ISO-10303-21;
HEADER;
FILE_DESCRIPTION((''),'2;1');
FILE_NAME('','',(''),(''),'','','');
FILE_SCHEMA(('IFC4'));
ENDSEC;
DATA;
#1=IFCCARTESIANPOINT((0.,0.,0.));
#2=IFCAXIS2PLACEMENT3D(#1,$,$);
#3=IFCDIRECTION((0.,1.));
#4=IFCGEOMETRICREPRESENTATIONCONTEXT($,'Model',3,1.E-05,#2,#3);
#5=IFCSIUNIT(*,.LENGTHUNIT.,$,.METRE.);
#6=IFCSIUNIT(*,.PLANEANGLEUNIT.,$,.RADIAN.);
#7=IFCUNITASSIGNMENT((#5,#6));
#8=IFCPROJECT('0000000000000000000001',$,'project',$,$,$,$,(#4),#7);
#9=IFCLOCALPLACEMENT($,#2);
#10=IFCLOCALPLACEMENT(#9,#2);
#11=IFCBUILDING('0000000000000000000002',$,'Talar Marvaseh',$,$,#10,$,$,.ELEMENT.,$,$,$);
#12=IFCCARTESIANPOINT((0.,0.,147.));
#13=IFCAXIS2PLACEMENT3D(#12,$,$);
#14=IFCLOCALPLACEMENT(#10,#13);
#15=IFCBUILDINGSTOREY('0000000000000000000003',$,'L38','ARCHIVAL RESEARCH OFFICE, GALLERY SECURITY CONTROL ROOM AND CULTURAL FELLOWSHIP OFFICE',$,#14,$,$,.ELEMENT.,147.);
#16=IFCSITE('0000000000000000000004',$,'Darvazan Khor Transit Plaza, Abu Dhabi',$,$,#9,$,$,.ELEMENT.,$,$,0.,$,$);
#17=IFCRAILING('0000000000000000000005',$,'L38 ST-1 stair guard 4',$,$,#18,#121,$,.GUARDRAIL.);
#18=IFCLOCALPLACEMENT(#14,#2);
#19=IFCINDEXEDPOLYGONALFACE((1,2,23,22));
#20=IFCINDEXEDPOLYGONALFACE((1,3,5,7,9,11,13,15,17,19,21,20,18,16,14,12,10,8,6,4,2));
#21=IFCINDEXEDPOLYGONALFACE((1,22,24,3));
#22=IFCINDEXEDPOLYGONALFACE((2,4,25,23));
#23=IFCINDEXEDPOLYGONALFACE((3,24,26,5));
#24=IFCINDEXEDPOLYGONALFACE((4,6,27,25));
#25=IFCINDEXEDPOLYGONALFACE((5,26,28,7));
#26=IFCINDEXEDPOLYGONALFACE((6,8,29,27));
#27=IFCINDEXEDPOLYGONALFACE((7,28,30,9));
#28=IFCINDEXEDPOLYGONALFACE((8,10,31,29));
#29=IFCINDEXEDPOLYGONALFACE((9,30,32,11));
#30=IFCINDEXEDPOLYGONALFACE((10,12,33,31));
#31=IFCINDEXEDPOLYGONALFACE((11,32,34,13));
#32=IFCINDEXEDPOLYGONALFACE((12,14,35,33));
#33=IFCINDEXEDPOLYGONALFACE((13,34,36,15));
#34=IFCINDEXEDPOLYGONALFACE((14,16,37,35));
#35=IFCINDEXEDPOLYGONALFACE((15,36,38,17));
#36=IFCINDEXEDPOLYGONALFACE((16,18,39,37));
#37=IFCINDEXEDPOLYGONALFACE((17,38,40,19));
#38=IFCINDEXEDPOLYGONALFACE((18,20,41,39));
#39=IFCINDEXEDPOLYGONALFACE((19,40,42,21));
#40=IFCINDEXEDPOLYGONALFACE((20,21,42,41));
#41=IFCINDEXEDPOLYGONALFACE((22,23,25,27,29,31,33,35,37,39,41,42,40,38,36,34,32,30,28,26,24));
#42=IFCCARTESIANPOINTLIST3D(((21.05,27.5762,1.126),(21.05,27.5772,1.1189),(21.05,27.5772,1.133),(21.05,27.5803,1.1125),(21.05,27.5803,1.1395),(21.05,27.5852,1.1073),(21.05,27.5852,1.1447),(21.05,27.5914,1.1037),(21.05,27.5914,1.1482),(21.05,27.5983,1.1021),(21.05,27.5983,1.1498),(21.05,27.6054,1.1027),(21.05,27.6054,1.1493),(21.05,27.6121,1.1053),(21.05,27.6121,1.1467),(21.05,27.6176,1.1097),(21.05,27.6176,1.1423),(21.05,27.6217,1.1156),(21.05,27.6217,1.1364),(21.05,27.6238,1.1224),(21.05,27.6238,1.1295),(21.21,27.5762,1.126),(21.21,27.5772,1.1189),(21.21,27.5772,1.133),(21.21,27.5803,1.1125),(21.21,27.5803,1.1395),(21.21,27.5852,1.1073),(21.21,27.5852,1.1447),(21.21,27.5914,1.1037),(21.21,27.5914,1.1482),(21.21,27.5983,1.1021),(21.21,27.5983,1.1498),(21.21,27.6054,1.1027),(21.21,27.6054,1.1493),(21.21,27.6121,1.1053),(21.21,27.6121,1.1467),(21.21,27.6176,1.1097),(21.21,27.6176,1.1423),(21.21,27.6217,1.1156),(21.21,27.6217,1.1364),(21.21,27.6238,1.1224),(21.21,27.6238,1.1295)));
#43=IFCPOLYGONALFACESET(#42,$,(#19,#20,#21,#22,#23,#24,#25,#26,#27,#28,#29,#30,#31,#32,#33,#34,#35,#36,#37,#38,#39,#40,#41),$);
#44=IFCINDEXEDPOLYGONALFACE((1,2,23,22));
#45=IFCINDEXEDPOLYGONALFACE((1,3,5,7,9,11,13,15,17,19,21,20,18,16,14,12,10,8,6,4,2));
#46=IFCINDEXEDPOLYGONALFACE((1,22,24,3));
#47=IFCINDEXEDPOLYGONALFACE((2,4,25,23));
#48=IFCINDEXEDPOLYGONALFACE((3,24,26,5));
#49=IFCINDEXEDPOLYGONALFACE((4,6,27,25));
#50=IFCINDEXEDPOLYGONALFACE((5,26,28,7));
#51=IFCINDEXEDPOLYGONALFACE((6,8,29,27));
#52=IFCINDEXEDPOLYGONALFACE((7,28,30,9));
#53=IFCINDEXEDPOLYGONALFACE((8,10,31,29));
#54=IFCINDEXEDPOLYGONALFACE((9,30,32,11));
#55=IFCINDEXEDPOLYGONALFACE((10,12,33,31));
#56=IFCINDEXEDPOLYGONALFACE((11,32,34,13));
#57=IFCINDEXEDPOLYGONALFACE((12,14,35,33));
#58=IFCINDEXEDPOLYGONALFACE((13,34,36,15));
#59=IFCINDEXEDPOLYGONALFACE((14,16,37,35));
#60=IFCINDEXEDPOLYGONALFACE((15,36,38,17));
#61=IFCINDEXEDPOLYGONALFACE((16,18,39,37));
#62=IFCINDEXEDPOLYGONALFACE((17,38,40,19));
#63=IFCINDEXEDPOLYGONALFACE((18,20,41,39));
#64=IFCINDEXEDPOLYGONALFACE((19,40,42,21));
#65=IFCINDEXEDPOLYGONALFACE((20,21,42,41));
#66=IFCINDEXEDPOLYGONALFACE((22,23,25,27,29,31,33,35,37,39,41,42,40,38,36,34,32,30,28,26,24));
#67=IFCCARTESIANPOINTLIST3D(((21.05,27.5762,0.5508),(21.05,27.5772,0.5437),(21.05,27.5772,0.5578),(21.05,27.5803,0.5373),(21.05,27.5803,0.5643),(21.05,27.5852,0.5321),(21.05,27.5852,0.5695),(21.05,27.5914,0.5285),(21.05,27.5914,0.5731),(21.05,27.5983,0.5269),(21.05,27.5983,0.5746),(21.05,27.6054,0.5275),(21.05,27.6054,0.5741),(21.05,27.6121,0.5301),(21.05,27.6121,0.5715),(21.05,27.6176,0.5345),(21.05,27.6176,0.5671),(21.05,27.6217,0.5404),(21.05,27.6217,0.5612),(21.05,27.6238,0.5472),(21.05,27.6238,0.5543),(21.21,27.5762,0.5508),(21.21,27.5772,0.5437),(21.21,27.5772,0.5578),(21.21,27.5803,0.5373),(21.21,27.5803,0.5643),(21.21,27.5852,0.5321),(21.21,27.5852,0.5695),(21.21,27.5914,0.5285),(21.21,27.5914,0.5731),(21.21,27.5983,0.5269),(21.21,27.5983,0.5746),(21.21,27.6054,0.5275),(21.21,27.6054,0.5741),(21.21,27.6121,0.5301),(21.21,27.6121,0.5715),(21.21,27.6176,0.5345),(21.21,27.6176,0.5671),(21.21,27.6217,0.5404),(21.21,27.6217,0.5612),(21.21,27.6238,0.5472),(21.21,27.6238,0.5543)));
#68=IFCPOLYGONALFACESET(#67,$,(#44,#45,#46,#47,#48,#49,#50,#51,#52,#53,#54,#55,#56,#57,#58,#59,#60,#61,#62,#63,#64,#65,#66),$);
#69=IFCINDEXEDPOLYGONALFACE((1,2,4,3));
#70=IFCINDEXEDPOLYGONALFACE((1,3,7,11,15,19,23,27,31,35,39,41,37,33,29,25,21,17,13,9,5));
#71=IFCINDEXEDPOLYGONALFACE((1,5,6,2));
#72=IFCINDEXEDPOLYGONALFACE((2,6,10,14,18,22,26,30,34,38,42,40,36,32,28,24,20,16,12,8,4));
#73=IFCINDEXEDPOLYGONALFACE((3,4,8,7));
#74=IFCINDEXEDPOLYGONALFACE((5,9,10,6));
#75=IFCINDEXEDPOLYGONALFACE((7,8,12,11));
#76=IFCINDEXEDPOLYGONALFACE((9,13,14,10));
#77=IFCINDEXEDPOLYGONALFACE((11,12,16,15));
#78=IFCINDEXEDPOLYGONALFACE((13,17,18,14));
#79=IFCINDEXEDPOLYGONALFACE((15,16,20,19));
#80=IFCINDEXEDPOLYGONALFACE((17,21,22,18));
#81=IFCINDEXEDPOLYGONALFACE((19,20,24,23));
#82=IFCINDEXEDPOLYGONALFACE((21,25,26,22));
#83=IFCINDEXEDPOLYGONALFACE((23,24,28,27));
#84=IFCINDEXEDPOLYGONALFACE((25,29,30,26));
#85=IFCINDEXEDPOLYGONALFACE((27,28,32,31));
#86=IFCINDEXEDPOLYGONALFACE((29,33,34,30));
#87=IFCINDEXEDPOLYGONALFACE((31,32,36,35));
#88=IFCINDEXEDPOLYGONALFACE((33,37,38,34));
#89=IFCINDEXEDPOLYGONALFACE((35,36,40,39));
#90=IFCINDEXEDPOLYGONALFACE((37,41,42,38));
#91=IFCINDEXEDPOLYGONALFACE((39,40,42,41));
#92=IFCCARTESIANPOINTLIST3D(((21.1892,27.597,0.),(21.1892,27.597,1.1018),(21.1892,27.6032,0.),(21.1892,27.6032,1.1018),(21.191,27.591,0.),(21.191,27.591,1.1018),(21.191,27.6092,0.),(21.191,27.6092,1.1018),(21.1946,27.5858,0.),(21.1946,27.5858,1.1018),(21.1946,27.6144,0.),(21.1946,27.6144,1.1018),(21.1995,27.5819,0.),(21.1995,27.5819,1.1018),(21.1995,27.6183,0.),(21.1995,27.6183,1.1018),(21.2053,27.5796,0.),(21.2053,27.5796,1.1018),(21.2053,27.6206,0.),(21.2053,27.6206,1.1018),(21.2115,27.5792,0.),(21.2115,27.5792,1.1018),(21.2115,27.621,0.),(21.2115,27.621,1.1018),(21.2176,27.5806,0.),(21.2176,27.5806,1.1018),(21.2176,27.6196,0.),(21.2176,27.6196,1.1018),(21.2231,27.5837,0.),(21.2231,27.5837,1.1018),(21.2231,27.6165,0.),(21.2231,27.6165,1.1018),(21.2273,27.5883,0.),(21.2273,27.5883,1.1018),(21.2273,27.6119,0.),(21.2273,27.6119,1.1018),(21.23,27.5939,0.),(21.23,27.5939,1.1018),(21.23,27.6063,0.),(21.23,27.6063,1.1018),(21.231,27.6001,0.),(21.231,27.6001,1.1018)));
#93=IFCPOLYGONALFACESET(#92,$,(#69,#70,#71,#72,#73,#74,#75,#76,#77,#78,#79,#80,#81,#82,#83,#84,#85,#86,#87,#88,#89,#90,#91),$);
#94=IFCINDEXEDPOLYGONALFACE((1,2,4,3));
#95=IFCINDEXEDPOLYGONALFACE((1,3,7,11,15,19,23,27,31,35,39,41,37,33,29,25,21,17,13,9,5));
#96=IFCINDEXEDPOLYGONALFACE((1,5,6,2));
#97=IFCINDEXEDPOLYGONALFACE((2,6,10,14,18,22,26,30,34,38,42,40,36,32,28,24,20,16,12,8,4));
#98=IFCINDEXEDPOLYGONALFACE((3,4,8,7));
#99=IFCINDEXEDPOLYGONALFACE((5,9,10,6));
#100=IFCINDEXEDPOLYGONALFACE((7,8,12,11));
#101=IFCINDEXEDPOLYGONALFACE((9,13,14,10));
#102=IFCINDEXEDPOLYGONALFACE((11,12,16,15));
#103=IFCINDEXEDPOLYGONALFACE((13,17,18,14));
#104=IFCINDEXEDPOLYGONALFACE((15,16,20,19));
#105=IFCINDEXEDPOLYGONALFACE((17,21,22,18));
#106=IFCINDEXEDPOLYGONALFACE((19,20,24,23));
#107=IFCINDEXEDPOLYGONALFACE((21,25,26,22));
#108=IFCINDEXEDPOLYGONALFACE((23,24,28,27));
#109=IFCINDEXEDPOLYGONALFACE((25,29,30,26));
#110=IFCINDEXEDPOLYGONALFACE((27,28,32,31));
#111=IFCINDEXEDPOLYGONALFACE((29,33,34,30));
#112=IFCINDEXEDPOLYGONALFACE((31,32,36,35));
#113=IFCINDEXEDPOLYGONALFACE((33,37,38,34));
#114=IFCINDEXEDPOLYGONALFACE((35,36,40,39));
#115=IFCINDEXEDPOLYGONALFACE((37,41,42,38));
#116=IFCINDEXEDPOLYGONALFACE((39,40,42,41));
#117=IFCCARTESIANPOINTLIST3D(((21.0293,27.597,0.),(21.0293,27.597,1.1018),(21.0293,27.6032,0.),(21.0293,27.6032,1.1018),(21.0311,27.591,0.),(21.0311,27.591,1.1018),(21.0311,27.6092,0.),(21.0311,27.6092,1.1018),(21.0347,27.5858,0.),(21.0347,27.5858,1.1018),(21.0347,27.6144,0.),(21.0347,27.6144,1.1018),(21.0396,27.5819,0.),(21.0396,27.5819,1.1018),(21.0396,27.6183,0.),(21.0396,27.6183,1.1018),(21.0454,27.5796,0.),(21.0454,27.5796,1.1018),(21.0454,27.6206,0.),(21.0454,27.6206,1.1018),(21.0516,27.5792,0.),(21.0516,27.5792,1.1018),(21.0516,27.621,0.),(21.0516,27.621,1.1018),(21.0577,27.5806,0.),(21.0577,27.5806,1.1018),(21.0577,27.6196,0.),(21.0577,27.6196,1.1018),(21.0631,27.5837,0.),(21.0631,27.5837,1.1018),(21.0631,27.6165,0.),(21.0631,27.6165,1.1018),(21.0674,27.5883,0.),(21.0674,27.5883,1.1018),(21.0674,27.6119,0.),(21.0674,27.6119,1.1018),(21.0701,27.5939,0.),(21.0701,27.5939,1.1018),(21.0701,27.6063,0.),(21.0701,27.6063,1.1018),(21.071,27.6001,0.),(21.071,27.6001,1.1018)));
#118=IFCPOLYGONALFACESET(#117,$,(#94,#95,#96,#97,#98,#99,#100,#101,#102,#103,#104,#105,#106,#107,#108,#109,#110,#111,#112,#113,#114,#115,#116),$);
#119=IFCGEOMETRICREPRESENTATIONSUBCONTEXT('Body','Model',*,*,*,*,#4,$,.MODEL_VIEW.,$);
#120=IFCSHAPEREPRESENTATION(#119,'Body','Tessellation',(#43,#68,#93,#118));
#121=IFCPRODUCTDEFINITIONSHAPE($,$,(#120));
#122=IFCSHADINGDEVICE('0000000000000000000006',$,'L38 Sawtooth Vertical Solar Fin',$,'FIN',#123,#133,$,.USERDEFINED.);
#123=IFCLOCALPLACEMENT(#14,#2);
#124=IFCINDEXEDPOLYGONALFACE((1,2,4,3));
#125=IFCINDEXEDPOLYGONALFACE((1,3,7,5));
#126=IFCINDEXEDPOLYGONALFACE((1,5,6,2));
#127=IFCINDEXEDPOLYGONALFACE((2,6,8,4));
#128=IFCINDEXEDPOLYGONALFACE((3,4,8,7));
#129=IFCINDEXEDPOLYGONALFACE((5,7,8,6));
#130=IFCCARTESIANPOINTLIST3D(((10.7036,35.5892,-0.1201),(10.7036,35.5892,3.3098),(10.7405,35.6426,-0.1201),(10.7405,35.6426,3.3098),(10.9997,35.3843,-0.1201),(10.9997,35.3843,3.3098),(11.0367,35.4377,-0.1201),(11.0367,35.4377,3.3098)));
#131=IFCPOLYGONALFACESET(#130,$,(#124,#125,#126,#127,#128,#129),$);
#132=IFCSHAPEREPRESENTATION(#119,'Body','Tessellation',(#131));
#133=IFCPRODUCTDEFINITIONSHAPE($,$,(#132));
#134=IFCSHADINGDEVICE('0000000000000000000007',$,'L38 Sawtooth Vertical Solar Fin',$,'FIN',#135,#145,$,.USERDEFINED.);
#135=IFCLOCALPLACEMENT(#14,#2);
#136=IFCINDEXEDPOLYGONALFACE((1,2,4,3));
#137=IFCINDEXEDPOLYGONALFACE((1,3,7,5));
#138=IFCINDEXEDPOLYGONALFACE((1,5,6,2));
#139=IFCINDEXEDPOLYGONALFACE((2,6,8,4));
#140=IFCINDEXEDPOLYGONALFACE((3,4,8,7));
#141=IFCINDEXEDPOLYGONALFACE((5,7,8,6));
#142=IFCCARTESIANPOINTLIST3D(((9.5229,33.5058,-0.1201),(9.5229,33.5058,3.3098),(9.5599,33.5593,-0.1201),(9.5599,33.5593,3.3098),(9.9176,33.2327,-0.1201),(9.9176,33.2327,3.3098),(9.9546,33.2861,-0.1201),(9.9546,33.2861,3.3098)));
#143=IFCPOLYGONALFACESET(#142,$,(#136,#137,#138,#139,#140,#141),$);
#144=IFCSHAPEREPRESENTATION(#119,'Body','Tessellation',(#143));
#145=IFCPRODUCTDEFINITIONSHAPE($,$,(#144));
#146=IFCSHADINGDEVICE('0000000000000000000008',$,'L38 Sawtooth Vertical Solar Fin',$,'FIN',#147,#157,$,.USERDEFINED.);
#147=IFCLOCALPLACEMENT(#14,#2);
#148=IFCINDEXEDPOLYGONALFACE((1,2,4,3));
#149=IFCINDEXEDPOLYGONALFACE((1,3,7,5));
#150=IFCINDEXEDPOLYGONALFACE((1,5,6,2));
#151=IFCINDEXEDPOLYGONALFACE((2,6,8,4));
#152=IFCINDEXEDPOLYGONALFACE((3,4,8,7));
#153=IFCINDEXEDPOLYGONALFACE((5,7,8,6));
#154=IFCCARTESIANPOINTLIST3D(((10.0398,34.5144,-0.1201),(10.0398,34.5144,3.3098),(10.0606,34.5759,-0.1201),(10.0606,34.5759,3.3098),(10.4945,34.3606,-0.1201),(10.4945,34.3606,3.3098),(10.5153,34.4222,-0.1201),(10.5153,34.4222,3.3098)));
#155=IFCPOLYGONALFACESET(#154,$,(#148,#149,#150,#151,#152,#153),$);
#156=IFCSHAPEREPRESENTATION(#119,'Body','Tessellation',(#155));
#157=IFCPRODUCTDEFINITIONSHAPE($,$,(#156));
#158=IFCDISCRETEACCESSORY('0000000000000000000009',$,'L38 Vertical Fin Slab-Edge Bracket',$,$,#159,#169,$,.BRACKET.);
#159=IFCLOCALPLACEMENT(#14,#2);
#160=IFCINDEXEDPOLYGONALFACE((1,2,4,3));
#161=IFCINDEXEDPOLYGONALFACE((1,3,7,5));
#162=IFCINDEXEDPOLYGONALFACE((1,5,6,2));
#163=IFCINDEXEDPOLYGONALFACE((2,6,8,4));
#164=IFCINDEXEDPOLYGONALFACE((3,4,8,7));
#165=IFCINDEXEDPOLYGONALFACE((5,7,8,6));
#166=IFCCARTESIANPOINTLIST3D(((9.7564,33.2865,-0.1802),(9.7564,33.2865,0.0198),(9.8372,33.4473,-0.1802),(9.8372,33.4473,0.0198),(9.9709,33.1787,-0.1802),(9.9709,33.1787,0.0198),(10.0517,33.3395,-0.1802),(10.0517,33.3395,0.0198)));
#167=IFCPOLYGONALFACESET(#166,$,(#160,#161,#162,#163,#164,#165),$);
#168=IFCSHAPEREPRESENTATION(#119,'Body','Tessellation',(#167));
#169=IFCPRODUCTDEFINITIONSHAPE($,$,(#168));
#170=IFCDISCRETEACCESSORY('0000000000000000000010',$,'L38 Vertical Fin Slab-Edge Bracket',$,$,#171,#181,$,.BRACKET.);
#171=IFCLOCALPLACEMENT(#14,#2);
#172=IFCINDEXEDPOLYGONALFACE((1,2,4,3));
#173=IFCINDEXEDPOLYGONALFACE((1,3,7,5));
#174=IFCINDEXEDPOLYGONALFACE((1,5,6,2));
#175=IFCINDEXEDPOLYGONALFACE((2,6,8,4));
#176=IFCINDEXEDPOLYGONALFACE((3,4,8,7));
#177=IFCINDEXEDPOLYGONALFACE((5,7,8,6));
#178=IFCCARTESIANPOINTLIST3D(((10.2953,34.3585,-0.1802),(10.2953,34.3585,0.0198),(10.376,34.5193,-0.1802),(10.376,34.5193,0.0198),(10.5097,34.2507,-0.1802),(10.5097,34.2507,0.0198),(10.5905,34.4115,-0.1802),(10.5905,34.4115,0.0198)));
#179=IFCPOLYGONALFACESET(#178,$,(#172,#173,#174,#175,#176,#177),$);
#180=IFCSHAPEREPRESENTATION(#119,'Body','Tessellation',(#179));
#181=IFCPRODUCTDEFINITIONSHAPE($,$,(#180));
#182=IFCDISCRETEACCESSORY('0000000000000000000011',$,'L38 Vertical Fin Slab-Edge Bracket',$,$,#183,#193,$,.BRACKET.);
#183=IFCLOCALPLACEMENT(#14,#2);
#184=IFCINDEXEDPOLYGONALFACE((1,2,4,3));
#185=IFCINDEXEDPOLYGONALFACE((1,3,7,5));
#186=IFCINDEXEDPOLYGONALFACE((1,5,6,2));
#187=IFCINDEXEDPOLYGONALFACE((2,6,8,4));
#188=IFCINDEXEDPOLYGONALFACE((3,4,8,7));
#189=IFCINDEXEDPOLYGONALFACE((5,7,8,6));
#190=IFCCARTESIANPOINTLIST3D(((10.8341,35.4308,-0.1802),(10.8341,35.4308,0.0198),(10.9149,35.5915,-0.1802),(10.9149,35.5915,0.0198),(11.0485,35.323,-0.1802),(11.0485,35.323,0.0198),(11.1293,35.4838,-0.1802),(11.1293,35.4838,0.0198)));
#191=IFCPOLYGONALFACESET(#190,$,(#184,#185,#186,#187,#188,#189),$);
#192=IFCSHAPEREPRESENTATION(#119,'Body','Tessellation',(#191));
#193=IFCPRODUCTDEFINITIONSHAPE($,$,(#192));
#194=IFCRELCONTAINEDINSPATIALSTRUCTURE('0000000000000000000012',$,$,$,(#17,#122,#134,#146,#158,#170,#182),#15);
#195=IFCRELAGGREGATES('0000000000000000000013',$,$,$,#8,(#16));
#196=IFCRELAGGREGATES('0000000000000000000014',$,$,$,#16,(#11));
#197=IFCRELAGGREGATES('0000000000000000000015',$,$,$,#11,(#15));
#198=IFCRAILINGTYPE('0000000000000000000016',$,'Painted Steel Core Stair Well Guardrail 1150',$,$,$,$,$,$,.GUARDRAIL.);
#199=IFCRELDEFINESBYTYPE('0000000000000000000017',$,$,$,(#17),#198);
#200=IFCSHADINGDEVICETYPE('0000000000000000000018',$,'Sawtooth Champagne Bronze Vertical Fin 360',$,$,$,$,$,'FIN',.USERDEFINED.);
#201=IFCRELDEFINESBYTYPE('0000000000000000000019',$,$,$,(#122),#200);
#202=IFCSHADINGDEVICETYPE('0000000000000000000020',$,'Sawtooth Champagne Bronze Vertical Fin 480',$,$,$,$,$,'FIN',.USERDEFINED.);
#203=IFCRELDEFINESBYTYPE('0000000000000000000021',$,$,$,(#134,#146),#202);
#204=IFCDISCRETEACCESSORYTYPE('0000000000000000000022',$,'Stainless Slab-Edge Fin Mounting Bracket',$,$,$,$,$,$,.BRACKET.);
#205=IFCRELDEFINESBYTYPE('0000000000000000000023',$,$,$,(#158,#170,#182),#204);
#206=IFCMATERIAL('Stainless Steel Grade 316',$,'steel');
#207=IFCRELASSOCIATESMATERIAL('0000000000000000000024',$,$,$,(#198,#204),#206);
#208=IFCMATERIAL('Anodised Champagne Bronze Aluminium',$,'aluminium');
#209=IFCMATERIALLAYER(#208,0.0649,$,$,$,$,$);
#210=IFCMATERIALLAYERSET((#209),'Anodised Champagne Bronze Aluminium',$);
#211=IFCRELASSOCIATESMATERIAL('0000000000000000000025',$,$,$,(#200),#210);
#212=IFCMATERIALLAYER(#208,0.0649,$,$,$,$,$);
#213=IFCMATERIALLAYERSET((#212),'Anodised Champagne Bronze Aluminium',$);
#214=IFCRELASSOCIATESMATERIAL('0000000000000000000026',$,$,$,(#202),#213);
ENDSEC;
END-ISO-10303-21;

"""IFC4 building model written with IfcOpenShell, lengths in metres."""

from ifc_helpers import new_model, si_unit, direction, frame, origin, origin_2d, place, context, subcontext, project, spatial, rectangle, circle, extrude, source, transform, mapped, material, layer, layer_set, type_object, type_shapes, element, save


model = new_model("IFC4")

# Units and contexts
model_context = context("Model", 3, precision=1e-05, world=origin(), true_north=direction((0.0, 1.0)))
body_context = subcontext(model_context, "Body", "Model", "MODEL_VIEW")
ifc_project = project(units=[si_unit("LENGTHUNIT", "METRE"), si_unit("PLANEANGLEUNIT", "RADIAN")], contexts=[model_context])

# Site, building, storey
site_placement = place(None, origin())
site = spatial("IfcSite", under=ifc_project, at=site_placement, Name="Darvazan Khor Transit Plaza, Abu Dhabi", CompositionType="ELEMENT", RefElevation=0.0)
building_placement = place(site_placement, origin())
building = spatial("IfcBuilding", under=site, at=building_placement, Name="Talar Marvaseh", CompositionType="ELEMENT")
storey_placement = place(building_placement, frame((0.0, 0.0, 147.0)))
storey = spatial("IfcBuildingStorey", under=building, at=storey_placement, Name="L38", Description="ARCHIVAL RESEARCH OFFICE, GALLERY SECURITY CONTROL ROOM AND CULTURAL FELLOWSHIP OFFICE", CompositionType="ELEMENT", Elevation=147.0)

# Railing
ifc_material_1 = material(Name="Stainless Steel Grade 316", Category="steel")
railing_type_1 = type_object("IfcRailingType", Name="Painted Steel Core Stair Well Guardrail 1150", PredefinedType="GUARDRAIL", material=ifc_material_1)
railing_1_placement = place(storey_placement, frame((21.21, 27.6001, 0.0)))
element("IfcRailing", 1, at=railing_1_placement, inside=storey, type_object=railing_type_1, Name="L38 ST-1 stair guard 4", PredefinedType="GUARDRAIL", context=body_context, shape_type="SweptSolid", body=[
    extrude(circle(Radius=0.0239, at=origin_2d()), frame((0.0, 0.0, 1.126), z_axis=(-1.0, 0.0, 0.0), x_axis=(0.0, -1.0, 0.0)), (0.0, 0.0, 1.0), 0.1599),
    extrude(circle(Radius=0.0239, at=origin_2d()), frame((0.0, 0.0, 0.5508), z_axis=(-1.0, 0.0, 0.0), x_axis=(0.0, -1.0, 0.0)), (0.0, 0.0, 1.0), 0.1599),
    extrude(circle(Radius=0.021, at=origin_2d()), origin(), (0.0, 0.0, 1.0), 1.1018),
    extrude(circle(Radius=0.021, at=origin_2d()), frame((-0.1599, 0.0, 0.0)), (0.0, 0.0, 1.0), 1.1018),
])

# Shading devices
ifc_material_2 = material(Name="Anodised Champagne Bronze Aluminium", Category="aluminium")
ifc_layer_1 = layer(ifc_material_2, 0.0649)
ifc_layer_set_1 = layer_set([ifc_layer_1], Name="Anodised Champagne Bronze Aluminium")
shading_device_type_1 = type_object("IfcShadingDeviceType", Name="Sawtooth Champagne Bronze Vertical Fin 360", ElementType="FIN", PredefinedType="USERDEFINED", material=ifc_layer_set_1)
shared_shape_1 = source(origin(), body_context, "Body", "SweptSolid", [
    extrude(rectangle(XDim=0.3601, YDim=0.0649, at=origin_2d()), origin(), (0.0, 0.0, 1.0), 3.4299),
])
type_shapes(shading_device_type_1, [shared_shape_1])
shading_device_placement = place(storey_placement, frame((10.8701, 35.5134, -0.1201), z_axis=(0.0, 0.0, 1.0), x_axis=(-0.822343, 0.568993, 0.0)))
element("IfcShadingDevice", 2, at=shading_device_placement, inside=storey, type_object=shading_device_type_1, Name="L38 Sawtooth Vertical Solar Fin", ObjectType="FIN", PredefinedType="USERDEFINED", context=body_context, shape_type="MappedRepresentation", body=[
    mapped(shared_shape_1, transform((0.0, 0.0, 0.0), x_axis=(1.0, 0.0, 0.0), y_axis=(0.0, 1.0, 0.0), z_axis=(0.0, 0.0, 1.0), scale=1.0)),
])
ifc_layer_2 = layer(ifc_material_2, 0.0649)
ifc_layer_set_2 = layer_set([ifc_layer_2], Name="Anodised Champagne Bronze Aluminium")
shading_device_type_2 = type_object("IfcShadingDeviceType", Name="Sawtooth Champagne Bronze Vertical Fin 480", ElementType="FIN", PredefinedType="USERDEFINED", material=ifc_layer_set_2)
shared_shape_2 = source(origin(), body_context, "Body", "SweptSolid", [
    extrude(rectangle(XDim=0.48, YDim=0.0649, at=origin_2d()), origin(), (0.0, 0.0, 1.0), 3.4299),
])
type_shapes(shading_device_type_2, [shared_shape_2])
for number, where, z_axis, x_axis, name in (
    (3, (9.7388, 33.396, -0.1201), (0.0, 0.0, 1.0), (-0.822343, 0.568993, 0.0), "L38 Sawtooth Vertical Solar Fin"),
    (4, (10.2776, 34.4683, -0.1201), (0.0, 0.0, 1.0), (-0.947322, 0.320282, 0.0), "L38 Sawtooth Vertical Solar Fin"),
):
    element("IfcShadingDevice", number, at=place(storey_placement, frame(where, z_axis=z_axis, x_axis=x_axis)), inside=storey, type_object=shading_device_type_2, Name=name, ObjectType="FIN", PredefinedType="USERDEFINED", context=body_context, shape_type="MappedRepresentation", body=[
        mapped(shared_shape_2, transform((0.0, 0.0, 0.0), x_axis=(1.0, 0.0, 0.0), y_axis=(0.0, 1.0, 0.0), z_axis=(0.0, 0.0, 1.0), scale=1.0)),
    ])

# Discrete accessories
discrete_accessory_type = type_object("IfcDiscreteAccessoryType", Name="Stainless Slab-Edge Fin Mounting Bracket", PredefinedType="BRACKET", material=ifc_material_1)
shared_shape_3 = source(origin(), body_context, "Body", "SweptSolid", [
    extrude(rectangle(XDim=0.24, YDim=0.1799, at=origin_2d()), origin(), (0.0, 0.0, 1.0), 0.2),
])
type_shapes(discrete_accessory_type, [shared_shape_3])
for number, where, z_axis, x_axis, name in (
    (5, (9.9041, 33.313, -0.1802), (0.0, 0.0, 1.0), (-0.893528, 0.449007, 0.0), "L38 Vertical Fin Slab-Edge Bracket"),
    (6, (10.4429, 34.385, -0.1802), (0.0, 0.0, 1.0), (-0.893528, 0.449007, 0.0), "L38 Vertical Fin Slab-Edge Bracket"),
    (7, (10.9817, 35.4573, -0.1802), (0.0, 0.0, 1.0), (-0.893528, 0.449007, 0.0), "L38 Vertical Fin Slab-Edge Bracket"),
):
    element("IfcDiscreteAccessory", number, at=place(storey_placement, frame(where, z_axis=z_axis, x_axis=x_axis)), inside=storey, type_object=discrete_accessory_type, Name=name, PredefinedType="BRACKET", context=body_context, shape_type="MappedRepresentation", body=[
        mapped(shared_shape_3, transform((0.0, 0.0, 0.0), x_axis=(1.0, 0.0, 0.0), y_axis=(0.0, 1.0, 0.0), z_axis=(0.0, 0.0, 1.0), scale=1.0)),
    ])

save(model, "model.ifc")
